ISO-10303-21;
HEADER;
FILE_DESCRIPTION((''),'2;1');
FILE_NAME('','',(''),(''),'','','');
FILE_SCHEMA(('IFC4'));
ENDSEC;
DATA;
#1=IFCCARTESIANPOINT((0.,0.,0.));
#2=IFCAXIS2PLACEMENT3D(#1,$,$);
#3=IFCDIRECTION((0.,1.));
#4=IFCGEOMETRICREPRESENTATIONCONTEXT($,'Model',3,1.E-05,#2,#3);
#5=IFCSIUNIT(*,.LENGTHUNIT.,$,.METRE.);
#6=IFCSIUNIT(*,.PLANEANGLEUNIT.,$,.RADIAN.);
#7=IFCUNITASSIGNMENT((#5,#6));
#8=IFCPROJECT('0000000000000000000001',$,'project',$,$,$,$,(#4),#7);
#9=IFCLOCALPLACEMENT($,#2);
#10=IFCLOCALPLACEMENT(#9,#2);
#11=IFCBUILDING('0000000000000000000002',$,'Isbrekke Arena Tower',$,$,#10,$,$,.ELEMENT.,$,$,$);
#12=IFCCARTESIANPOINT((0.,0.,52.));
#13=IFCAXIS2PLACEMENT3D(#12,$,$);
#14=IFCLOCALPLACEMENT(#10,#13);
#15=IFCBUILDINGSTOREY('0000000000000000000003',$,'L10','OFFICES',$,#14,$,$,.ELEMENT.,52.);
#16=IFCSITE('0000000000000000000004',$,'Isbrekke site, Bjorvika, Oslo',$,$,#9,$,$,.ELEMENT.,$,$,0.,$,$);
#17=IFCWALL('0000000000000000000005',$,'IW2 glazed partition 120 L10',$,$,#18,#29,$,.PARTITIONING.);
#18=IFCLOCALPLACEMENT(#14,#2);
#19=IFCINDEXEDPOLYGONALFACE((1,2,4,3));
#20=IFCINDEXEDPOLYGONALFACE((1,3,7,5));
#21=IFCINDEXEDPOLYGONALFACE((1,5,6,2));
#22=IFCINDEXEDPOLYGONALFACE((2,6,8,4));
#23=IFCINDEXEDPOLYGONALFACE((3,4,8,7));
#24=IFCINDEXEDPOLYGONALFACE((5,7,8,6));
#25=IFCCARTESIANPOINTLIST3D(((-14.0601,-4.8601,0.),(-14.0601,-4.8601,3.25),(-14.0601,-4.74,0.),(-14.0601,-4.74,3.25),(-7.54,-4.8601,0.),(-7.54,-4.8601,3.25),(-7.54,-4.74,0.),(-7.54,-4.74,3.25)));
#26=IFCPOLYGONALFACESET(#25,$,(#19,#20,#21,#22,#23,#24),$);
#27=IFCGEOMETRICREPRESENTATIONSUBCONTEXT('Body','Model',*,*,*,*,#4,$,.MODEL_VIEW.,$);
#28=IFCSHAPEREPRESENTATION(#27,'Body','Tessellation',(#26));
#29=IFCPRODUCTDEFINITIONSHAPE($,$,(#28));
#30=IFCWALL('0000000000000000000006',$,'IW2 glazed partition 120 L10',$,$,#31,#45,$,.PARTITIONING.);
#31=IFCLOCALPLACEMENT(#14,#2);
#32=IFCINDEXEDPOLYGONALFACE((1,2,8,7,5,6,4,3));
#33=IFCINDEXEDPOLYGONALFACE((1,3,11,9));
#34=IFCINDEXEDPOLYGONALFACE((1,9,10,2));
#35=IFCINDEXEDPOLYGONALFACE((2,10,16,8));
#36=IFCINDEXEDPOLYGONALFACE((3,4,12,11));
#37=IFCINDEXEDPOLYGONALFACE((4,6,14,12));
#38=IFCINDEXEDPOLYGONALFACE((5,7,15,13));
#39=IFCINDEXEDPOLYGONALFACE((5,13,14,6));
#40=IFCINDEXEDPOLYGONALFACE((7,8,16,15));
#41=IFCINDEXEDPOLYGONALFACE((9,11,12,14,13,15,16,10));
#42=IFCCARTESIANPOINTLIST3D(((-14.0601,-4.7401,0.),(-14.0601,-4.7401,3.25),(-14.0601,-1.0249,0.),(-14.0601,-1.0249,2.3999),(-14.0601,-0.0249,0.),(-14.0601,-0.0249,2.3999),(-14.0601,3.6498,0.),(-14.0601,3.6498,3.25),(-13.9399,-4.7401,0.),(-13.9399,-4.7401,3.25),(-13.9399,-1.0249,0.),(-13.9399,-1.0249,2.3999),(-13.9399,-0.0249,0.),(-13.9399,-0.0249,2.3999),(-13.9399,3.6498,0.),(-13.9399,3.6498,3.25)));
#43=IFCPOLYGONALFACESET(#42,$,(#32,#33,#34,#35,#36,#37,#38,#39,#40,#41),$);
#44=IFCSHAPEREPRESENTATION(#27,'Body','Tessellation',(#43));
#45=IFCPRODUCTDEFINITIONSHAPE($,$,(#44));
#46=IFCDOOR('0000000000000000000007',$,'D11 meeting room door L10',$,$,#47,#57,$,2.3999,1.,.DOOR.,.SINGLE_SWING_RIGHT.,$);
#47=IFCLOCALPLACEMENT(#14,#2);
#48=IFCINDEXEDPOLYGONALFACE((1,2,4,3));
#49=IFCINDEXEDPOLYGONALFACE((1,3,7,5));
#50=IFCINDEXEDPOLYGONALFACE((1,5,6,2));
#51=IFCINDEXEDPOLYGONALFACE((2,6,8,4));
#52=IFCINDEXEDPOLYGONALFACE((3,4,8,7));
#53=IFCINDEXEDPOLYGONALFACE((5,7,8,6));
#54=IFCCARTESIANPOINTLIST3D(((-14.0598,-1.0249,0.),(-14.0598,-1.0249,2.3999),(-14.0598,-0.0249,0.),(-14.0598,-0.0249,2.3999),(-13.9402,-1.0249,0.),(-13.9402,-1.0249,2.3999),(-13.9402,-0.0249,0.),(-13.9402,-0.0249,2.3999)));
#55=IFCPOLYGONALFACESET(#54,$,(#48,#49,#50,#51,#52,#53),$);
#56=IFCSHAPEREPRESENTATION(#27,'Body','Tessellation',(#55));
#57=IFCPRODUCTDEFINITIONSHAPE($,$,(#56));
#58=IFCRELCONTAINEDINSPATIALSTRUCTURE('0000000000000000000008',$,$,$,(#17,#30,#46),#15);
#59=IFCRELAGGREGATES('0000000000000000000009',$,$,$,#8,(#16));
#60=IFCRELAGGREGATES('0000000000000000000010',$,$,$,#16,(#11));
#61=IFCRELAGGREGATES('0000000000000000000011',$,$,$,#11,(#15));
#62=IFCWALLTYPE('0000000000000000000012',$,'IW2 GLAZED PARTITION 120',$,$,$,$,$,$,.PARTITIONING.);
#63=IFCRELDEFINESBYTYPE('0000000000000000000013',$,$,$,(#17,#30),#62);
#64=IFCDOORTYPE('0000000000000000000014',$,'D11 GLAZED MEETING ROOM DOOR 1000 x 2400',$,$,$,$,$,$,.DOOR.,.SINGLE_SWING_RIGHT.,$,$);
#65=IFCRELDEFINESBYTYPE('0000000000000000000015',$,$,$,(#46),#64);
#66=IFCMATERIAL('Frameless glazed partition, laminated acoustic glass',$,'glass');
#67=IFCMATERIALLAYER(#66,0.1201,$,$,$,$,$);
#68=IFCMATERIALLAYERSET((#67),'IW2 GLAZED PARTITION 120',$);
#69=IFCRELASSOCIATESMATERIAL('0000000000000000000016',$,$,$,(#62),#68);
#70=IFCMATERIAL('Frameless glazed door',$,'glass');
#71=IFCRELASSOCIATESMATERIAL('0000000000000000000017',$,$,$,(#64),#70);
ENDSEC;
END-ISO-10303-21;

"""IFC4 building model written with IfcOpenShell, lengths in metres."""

from ifc_helpers import new_model, si_unit, direction, frame, frame_2d, origin, place, context, subcontext, project, spatial, rectangle, extrude, material, layer, layer_set, type_object, element, fill, save


model = new_model("IFC4")

# Units and contexts
model_context = context("Model", 3, precision=1e-05, world=origin(), true_north=direction((0.0, 1.0)))
body_context = subcontext(model_context, "Body", "Model", "MODEL_VIEW")
ifc_project = project(units=[si_unit("LENGTHUNIT", "METRE"), si_unit("PLANEANGLEUNIT", "RADIAN")], contexts=[model_context])

# Site, building, storey
site_placement = place(None, origin())
site = spatial("IfcSite", under=ifc_project, at=site_placement, Name="Isbrekke site, Bjorvika, Oslo", CompositionType="ELEMENT", RefElevation=0.0)
building_placement = place(site_placement, origin())
building = spatial("IfcBuilding", under=site, at=building_placement, Name="Isbrekke Arena Tower", CompositionType="ELEMENT")
storey_placement = place(building_placement, frame((0.0, 0.0, 52.0)))
storey = spatial("IfcBuildingStorey", under=building, at=storey_placement, Name="L10", Description="OFFICES", CompositionType="ELEMENT", Elevation=52.0)

# Wall
ifc_material_1 = material(Name="Frameless glazed partition, laminated acoustic glass", Category="glass")
ifc_layer_1 = layer(ifc_material_1, 0.1201)
ifc_layer_set_1 = layer_set([ifc_layer_1], Name="IW2 GLAZED PARTITION 120")
wall_type_1 = type_object("IfcWallType", Name="IW2 GLAZED PARTITION 120", PredefinedType="PARTITIONING", material=ifc_layer_set_1)
wall_1_placement = place(storey_placement, frame((-14.0601, -4.8, 0.0), z_axis=(0.0, 0.0, 1.0), x_axis=(1.0, 0.0, 0.0)))
element("IfcWall", 1, at=wall_1_placement, inside=storey, type_object=wall_type_1, Name="IW2 glazed partition 120 L10", PredefinedType="PARTITIONING", context=body_context, shape_type="SweptSolid", body=[
    extrude(rectangle(XDim=6.52, YDim=0.1201, at=frame_2d((3.26, 0.0))), origin(), (0.0, 0.0, 1.0), 3.25),
])

# Wall, opening, door
wall_2_placement = place(storey_placement, frame((-14.0, -4.74, 0.0), z_axis=(0.0, 0.0, 1.0), x_axis=(0.0, 1.0, 0.0)))
wall_2 = element("IfcWall", 2, at=wall_2_placement, inside=storey, type_object=wall_type_1, Name="IW2 glazed partition 120 L10", PredefinedType="PARTITIONING", context=body_context, shape_type="SweptSolid", body=[
    extrude(rectangle(XDim=8.3899, YDim=0.1201, at=frame_2d((4.1948, 0.0))), origin(), (0.0, 0.0, 1.0), 3.25),
])
opening_placement = place(wall_2_placement, frame((3.7151, 0.0, 0.0)))
opening = element("IfcOpeningElement", 3, at=opening_placement, cuts=wall_2, PredefinedType="OPENING", context=body_context, shape_type="SweptSolid", body=[
    extrude(rectangle(XDim=1.0, YDim=2.3999, at=frame_2d((0.5, 1.2))), frame((0.0, 0.075, 0.0), z_axis=(0.0, -1.0, 0.0), x_axis=(1.0, 0.0, 0.0)), (0.0, 0.0, 1.0), 0.1499),
])
ifc_material_2 = material(Name="Frameless glazed door", Category="glass")
door_type = type_object("IfcDoorType", Name="D11 GLAZED MEETING ROOM DOOR 1000 x 2400", OperationType="SINGLE_SWING_RIGHT", PredefinedType="DOOR", material=ifc_material_2)
door_placement = place(opening_placement, origin())
door = element("IfcDoor", 4, at=door_placement, inside=storey, type_object=door_type, Name="D11 meeting room door L10", OperationType="SINGLE_SWING_RIGHT", OverallHeight=2.3999, OverallWidth=1.0, PredefinedType="DOOR", context=body_context, shape_type="SweptSolid", body=[
    extrude(rectangle(XDim=1.0, YDim=2.3999, at=frame_2d((0.5, 1.2))), frame((0.0, 0.0598, 0.0), z_axis=(0.0, -1.0, 0.0), x_axis=(1.0, 0.0, 0.0)), (0.0, 0.0, 1.0), 0.1196),
])
fill(opening, door)

save(model, "model.ifc")
